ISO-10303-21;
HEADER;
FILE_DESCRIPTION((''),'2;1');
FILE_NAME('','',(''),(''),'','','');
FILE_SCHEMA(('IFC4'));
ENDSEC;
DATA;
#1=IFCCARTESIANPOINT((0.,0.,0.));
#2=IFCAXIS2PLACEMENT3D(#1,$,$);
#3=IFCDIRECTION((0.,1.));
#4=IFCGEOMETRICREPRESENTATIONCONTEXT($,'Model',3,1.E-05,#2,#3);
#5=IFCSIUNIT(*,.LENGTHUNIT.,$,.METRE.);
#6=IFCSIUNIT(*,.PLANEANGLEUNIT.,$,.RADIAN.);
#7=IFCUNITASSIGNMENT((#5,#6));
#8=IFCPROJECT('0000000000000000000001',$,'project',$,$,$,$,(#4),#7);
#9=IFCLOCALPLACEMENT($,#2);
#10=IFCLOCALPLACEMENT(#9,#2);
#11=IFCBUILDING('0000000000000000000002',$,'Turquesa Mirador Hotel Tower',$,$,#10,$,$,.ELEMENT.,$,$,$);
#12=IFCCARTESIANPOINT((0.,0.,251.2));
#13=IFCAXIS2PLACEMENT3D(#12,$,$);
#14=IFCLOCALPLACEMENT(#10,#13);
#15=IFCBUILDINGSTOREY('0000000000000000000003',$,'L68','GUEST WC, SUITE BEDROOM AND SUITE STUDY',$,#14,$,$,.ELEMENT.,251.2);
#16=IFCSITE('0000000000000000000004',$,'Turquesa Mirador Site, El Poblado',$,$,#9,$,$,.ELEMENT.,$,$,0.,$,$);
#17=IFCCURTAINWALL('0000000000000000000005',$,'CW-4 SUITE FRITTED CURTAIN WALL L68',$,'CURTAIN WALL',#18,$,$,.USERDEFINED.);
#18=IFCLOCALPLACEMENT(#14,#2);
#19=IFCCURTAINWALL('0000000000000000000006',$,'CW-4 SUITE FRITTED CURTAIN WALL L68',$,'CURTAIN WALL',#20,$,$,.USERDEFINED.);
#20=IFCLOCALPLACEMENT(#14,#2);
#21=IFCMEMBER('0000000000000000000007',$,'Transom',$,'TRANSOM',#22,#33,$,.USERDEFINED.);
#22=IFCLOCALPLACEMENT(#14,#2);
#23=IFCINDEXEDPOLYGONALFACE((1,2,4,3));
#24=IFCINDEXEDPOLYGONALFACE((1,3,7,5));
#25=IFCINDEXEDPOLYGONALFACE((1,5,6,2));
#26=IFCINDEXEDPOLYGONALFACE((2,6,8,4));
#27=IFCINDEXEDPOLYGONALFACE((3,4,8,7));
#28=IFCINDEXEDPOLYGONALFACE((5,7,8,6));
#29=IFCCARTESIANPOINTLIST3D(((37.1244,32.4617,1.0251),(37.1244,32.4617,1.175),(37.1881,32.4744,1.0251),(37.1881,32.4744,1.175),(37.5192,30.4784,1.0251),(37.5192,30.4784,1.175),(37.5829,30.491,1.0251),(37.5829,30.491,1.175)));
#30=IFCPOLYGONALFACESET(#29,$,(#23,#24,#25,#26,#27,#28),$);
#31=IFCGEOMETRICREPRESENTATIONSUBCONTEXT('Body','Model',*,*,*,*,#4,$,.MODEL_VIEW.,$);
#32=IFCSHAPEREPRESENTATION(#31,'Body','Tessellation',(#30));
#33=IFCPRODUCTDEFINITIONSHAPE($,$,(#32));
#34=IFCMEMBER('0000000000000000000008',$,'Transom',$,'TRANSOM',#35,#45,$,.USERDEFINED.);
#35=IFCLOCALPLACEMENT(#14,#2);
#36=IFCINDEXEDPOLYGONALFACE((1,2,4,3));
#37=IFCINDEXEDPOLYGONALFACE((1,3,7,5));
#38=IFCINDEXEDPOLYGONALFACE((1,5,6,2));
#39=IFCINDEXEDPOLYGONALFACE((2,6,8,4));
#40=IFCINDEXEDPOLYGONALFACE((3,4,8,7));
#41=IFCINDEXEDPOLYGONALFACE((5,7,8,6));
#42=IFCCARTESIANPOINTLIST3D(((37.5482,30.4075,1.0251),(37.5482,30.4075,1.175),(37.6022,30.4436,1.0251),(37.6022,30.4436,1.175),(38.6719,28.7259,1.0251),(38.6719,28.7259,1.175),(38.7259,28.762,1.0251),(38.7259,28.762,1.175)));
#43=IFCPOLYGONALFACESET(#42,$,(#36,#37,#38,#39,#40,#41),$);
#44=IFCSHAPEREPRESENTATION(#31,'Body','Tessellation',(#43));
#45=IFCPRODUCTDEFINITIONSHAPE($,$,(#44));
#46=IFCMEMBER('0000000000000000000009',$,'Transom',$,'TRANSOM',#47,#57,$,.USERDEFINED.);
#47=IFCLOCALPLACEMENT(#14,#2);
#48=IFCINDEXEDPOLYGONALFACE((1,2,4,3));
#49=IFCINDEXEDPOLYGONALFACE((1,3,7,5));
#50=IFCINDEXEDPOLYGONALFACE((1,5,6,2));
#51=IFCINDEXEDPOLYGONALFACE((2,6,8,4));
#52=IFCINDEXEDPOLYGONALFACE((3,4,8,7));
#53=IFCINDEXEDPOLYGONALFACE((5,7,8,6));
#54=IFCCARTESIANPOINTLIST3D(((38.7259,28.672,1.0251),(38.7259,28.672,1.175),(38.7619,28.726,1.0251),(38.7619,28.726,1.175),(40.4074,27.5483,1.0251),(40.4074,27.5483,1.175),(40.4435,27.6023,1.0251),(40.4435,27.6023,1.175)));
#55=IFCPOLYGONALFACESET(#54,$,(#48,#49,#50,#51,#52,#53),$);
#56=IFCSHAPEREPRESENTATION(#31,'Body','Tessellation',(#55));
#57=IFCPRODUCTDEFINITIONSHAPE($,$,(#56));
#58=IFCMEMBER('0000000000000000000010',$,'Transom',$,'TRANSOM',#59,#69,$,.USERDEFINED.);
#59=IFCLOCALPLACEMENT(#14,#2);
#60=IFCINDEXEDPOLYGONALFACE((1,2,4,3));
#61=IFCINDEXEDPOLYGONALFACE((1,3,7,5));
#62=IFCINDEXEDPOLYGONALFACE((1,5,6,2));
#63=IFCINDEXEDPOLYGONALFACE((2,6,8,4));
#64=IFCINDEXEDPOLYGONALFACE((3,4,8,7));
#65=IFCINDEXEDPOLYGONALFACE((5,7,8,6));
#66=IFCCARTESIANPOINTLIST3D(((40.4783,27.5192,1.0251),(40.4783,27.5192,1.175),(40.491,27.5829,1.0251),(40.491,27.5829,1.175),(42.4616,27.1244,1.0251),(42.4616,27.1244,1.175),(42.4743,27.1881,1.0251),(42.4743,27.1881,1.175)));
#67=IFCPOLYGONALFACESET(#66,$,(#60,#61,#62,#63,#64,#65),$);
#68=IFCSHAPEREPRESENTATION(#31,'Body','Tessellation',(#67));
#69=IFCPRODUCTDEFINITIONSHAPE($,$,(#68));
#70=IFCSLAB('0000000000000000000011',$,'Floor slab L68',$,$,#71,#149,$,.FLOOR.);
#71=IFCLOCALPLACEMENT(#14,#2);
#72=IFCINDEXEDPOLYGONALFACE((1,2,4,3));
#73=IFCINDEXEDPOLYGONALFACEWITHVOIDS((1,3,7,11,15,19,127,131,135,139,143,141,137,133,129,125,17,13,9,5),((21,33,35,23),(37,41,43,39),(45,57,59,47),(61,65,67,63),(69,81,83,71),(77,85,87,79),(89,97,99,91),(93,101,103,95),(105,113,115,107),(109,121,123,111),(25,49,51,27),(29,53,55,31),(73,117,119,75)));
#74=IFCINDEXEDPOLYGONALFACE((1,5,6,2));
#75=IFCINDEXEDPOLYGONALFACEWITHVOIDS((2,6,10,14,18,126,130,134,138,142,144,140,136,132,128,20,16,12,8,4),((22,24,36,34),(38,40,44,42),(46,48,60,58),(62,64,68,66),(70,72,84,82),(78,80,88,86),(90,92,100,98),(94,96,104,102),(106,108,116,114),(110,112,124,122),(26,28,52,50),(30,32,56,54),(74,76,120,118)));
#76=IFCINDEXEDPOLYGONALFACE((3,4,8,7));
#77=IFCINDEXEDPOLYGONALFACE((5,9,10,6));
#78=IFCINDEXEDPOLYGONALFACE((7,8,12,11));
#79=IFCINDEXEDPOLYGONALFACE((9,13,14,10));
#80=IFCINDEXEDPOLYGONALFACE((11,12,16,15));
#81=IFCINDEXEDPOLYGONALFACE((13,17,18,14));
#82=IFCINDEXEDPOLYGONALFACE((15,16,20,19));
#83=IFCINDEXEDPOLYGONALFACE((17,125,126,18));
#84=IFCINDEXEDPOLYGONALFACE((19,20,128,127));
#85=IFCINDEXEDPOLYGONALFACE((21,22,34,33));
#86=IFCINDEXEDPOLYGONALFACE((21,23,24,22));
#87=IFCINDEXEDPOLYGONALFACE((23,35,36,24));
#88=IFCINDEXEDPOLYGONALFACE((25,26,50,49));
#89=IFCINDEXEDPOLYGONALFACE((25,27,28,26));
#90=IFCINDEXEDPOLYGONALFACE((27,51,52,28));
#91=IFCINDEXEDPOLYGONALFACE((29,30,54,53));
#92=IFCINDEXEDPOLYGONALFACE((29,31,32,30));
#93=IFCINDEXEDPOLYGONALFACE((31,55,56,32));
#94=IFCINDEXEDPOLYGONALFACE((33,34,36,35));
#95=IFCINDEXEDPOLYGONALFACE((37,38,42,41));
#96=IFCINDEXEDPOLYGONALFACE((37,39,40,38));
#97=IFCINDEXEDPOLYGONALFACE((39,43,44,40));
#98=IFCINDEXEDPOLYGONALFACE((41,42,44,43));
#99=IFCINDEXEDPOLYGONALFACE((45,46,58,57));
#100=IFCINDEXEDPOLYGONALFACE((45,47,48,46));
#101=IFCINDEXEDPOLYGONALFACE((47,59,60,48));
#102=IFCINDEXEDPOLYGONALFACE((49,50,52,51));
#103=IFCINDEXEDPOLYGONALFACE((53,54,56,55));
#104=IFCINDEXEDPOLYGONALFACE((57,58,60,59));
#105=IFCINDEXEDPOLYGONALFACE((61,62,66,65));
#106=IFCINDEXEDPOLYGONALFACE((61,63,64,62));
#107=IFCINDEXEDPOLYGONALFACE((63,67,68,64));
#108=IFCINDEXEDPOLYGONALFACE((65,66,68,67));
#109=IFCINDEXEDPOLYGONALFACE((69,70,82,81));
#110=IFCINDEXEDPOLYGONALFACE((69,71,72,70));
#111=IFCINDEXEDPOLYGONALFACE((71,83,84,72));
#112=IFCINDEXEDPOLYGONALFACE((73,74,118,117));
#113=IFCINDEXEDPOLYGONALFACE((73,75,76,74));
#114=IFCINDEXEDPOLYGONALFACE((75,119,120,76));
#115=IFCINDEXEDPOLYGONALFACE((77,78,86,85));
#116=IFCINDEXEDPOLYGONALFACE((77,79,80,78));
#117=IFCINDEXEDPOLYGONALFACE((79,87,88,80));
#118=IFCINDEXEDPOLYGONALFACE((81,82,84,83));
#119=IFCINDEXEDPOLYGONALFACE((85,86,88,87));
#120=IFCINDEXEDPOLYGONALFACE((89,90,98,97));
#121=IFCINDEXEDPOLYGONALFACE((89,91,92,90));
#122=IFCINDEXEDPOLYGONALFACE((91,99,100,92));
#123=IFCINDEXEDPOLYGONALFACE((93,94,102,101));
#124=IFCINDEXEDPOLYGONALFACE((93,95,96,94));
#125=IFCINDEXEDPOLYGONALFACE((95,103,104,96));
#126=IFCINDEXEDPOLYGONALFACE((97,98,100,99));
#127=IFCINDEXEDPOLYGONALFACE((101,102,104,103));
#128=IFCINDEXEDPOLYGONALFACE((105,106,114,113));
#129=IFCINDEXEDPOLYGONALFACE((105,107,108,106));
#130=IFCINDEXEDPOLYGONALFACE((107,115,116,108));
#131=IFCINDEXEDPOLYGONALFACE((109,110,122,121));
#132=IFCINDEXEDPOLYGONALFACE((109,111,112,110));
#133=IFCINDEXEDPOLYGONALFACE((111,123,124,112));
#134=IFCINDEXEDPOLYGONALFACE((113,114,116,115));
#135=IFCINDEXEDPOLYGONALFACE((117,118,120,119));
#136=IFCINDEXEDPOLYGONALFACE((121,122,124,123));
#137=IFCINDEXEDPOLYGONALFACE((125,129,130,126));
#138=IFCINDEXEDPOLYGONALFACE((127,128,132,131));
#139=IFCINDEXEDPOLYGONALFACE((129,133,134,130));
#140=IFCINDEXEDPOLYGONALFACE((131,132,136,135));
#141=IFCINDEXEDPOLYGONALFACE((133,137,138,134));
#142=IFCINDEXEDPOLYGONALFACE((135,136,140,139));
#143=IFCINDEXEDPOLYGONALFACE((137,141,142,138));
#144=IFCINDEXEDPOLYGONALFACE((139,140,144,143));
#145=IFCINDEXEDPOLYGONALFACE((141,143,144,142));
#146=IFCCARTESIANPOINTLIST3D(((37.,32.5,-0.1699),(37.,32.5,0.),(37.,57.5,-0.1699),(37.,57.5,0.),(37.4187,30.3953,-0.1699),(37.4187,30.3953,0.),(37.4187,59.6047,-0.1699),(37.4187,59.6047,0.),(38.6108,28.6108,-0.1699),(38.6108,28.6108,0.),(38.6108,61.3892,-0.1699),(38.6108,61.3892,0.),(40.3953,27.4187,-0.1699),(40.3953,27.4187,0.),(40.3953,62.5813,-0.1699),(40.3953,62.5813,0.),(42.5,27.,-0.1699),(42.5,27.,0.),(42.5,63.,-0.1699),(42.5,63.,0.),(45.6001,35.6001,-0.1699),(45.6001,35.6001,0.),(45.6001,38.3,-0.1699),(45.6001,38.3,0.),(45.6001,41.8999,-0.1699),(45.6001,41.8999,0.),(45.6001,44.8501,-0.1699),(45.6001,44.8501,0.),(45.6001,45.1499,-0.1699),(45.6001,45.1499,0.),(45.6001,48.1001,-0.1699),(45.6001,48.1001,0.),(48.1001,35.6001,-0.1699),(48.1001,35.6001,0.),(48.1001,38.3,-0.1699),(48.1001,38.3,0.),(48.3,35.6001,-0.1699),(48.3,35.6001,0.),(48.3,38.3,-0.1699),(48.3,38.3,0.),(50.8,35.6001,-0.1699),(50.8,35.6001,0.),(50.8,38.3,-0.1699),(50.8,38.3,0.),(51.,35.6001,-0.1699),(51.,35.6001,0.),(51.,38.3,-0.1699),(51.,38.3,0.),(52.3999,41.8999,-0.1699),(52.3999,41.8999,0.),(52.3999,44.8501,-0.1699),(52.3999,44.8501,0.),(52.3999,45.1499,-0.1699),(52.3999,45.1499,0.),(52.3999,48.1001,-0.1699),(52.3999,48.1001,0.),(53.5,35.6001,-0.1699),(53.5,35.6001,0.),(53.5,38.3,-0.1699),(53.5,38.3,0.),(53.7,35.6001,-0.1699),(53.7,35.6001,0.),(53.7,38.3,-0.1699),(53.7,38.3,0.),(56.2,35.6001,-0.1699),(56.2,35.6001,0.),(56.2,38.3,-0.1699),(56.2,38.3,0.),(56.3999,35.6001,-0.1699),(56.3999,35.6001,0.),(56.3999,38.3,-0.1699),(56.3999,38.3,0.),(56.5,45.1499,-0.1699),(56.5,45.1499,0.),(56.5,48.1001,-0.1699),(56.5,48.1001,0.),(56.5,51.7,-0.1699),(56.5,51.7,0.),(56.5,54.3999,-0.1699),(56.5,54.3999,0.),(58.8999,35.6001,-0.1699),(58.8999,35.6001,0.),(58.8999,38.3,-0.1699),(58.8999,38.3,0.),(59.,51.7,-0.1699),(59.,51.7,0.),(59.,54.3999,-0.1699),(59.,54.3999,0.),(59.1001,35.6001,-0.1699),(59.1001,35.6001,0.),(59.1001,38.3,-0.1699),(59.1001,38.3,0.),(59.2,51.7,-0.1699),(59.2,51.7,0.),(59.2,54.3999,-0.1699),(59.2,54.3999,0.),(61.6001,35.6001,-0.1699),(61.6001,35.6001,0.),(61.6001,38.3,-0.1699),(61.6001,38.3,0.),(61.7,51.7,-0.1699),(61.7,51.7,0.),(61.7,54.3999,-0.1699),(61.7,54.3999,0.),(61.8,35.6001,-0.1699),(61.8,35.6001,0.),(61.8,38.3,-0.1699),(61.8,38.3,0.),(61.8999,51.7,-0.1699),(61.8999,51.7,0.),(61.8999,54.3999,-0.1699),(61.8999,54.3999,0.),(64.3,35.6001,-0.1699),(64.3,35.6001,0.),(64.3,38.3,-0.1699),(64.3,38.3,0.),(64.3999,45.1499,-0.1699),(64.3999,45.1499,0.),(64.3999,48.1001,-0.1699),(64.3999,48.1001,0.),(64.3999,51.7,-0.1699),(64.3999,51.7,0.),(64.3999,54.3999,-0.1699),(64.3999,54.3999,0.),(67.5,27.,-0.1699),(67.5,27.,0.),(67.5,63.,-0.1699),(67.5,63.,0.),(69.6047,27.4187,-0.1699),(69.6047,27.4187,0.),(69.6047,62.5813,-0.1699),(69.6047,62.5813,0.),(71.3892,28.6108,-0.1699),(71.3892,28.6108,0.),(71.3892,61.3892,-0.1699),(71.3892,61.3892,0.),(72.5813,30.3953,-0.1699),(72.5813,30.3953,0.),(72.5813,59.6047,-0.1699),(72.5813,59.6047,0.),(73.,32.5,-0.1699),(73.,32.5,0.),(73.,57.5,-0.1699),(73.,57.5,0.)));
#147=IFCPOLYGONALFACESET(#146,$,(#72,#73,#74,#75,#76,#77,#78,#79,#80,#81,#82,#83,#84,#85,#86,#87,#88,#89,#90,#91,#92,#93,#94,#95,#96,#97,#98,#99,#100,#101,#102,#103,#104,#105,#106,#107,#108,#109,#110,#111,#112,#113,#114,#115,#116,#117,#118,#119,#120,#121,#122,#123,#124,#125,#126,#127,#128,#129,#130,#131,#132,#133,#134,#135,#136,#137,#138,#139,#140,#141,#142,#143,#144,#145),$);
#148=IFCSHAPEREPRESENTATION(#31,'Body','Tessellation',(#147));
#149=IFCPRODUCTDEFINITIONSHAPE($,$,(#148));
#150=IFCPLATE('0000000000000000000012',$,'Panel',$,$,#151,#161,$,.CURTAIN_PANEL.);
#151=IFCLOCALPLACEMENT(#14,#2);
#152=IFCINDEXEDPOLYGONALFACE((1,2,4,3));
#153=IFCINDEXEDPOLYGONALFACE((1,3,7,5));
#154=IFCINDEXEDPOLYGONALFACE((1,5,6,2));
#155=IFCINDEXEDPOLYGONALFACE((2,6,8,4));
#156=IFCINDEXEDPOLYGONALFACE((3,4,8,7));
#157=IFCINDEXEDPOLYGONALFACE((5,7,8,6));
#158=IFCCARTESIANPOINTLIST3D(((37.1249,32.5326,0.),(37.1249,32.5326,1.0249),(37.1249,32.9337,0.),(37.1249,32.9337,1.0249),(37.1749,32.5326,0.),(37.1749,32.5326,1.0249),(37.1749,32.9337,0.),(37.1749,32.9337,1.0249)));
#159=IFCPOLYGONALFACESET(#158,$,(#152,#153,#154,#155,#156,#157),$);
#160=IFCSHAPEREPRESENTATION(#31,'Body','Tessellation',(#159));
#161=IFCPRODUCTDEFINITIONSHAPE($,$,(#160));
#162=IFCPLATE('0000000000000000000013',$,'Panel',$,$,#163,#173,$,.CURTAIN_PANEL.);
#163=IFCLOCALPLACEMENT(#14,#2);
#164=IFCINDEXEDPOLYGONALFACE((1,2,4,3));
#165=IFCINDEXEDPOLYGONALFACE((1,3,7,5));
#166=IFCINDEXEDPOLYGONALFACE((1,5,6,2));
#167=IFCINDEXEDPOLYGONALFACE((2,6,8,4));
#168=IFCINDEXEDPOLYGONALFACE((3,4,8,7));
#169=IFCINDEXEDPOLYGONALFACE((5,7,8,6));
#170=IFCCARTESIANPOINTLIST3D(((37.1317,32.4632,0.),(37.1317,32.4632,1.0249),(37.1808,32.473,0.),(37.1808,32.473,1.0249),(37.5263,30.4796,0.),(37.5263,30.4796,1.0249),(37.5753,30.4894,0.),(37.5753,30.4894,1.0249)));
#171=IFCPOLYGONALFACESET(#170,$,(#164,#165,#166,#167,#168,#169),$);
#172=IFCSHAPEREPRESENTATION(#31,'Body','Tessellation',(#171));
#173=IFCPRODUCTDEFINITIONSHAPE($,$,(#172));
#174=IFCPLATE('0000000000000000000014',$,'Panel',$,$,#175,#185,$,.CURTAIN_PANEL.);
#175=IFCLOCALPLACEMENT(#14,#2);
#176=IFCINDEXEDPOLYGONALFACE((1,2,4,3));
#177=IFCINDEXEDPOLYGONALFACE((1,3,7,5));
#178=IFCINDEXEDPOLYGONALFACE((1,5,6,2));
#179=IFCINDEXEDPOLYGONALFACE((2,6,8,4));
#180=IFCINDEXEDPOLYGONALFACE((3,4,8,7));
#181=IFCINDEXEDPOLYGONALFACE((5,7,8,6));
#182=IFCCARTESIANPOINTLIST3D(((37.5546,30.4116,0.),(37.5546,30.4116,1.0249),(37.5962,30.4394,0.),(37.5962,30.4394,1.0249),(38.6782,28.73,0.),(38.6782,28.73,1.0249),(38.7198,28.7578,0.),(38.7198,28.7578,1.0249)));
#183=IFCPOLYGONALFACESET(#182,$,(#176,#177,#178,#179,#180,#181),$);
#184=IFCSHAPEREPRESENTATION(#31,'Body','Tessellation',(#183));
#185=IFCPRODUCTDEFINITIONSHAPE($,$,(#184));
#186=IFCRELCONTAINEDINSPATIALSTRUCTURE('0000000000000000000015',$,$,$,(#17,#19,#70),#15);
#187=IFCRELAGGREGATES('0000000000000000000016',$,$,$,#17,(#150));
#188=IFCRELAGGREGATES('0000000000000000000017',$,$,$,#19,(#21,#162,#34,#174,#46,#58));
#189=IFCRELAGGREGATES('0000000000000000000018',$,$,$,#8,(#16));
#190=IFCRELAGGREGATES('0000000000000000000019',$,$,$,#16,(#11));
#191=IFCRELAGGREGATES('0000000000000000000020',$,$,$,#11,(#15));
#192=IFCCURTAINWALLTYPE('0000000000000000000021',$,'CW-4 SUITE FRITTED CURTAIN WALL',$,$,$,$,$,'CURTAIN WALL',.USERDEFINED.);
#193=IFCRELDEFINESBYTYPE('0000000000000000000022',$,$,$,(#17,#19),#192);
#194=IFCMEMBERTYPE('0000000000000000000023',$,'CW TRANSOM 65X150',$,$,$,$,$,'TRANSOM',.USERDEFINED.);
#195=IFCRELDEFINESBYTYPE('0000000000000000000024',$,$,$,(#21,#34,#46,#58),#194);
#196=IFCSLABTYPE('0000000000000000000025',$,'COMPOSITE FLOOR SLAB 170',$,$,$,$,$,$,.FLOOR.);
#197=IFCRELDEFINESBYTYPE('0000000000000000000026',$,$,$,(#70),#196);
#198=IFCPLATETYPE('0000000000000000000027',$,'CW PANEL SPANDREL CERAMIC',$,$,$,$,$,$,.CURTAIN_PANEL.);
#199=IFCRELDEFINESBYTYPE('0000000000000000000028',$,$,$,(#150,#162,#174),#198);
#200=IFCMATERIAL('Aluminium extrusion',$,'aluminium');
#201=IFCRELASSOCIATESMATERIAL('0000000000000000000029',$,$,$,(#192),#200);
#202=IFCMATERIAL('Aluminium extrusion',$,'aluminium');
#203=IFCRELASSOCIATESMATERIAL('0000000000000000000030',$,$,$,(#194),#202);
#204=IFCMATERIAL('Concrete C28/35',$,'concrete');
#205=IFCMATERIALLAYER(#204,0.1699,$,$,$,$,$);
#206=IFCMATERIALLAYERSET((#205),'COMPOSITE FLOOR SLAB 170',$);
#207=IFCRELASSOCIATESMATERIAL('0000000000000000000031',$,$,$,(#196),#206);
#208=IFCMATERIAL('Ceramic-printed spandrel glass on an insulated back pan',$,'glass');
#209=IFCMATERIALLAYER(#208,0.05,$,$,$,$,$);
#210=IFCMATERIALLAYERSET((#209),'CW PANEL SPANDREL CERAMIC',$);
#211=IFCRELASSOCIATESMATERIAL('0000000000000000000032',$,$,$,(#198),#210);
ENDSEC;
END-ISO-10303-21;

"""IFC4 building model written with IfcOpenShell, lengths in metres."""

from ifc_helpers import new_model, si_unit, direction, frame, origin, origin_2d, place, context, subcontext, project, spatial, polyline, rectangle, outline, extrude, material, layer, layer_set, material_profile, profile_set, type_object, element, aggregate, save


model = new_model("IFC4")

# Units and contexts
model_context = context("Model", 3, precision=1e-05, world=origin(), true_north=direction((0.0, 1.0)))
body_context = subcontext(model_context, "Body", "Model", "MODEL_VIEW")
ifc_project = project(units=[si_unit("LENGTHUNIT", "METRE"), si_unit("PLANEANGLEUNIT", "RADIAN")], contexts=[model_context])

# Site, building, storey
site_placement = place(None, origin())
site = spatial("IfcSite", under=ifc_project, at=site_placement, Name="Turquesa Mirador Site, El Poblado", CompositionType="ELEMENT", RefElevation=0.0)
building_placement = place(site_placement, origin())
building = spatial("IfcBuilding", under=site, at=building_placement, Name="Turquesa Mirador Hotel Tower", CompositionType="ELEMENT")
storey_placement = place(building_placement, frame((0.0, 0.0, 251.2)))
storey = spatial("IfcBuildingStorey", under=building, at=storey_placement, Name="L68", Description="GUEST WC, SUITE BEDROOM AND SUITE STUDY", CompositionType="ELEMENT", Elevation=251.2)

# Curtain walls
ifc_material_1 = material(Name="Aluminium extrusion", Category="aluminium")
curtain_wall_type = type_object("IfcCurtainWallType", Name="CW-4 SUITE FRITTED CURTAIN WALL", ElementType="CURTAIN WALL", PredefinedType="USERDEFINED", material=ifc_material_1)
curtain_wall_1_placement = place(storey_placement, origin())
curtain_wall_1 = element("IfcCurtainWall", 1, at=curtain_wall_1_placement, inside=storey, type_object=curtain_wall_type, Name="CW-4 SUITE FRITTED CURTAIN WALL L68", ObjectType="CURTAIN WALL", PredefinedType="USERDEFINED")
curtain_wall_2_placement = place(storey_placement, origin())
curtain_wall_2 = element("IfcCurtainWall", 2, at=curtain_wall_2_placement, inside=storey, type_object=curtain_wall_type, Name="CW-4 SUITE FRITTED CURTAIN WALL L68", ObjectType="CURTAIN WALL", PredefinedType="USERDEFINED")

# Members
ifc_material_2 = material(Name="Aluminium extrusion", Category="aluminium")
ifc_material_profile_1 = material_profile(ifc_material_2, rectangle(XDim=0.0649, YDim=0.1499, at=origin_2d()), Name="TRANSOM 65X150")
ifc_profile_set_1 = profile_set([ifc_material_profile_1], Name="Aluminium extrusion")
member_type_1 = type_object("IfcMemberType", Name="CW TRANSOM 65X150", ElementType="TRANSOM", PredefinedType="USERDEFINED", material=ifc_profile_set_1)
member_1_placement = place(storey_placement, frame((37.1562, 32.468, 1.1001), z_axis=(0.195211, -0.980761, 0.0), x_axis=(0.980761, 0.195211, 0.0)))
member_1 = element("IfcMember", 3, at=member_1_placement, type_object=member_type_1, Name="Transom", ObjectType="TRANSOM", PredefinedType="USERDEFINED", context=body_context, shape_type="SweptSolid", body=[
    extrude(rectangle(XDim=0.0649, YDim=0.1499, at=origin_2d()), origin(), (0.0, 0.0, 1.0), 2.0222),
])
member_2_placement = place(storey_placement, frame((37.5752, 30.4255, 1.1001), z_axis=(0.555619, -0.831437, 0.0), x_axis=(0.831437, 0.555619, 0.0)))
member_2 = element("IfcMember", 4, at=member_2_placement, type_object=member_type_1, Name="Transom", ObjectType="TRANSOM", PredefinedType="USERDEFINED", context=body_context, shape_type="SweptSolid", body=[
    extrude(rectangle(XDim=0.0649, YDim=0.1499, at=origin_2d()), origin(), (0.0, 0.0, 1.0), 2.0225),
])
member_3_placement = place(storey_placement, frame((38.7439, 28.699, 1.1001), z_axis=(0.831437, -0.555619, 0.0), x_axis=(0.555619, 0.831437, 0.0)))
member_3 = element("IfcMember", 5, at=member_3_placement, type_object=member_type_1, Name="Transom", ObjectType="TRANSOM", PredefinedType="USERDEFINED", context=body_context, shape_type="SweptSolid", body=[
    extrude(rectangle(XDim=0.0649, YDim=0.1499, at=origin_2d()), origin(), (0.0, 0.0, 1.0), 2.0225),
])
member_4_placement = place(storey_placement, frame((40.4846, 27.551, 1.1001), z_axis=(0.980761, -0.195211, 0.0), x_axis=(0.195211, 0.980761, 0.0)))
member_4 = element("IfcMember", 6, at=member_4_placement, type_object=member_type_1, Name="Transom", ObjectType="TRANSOM", PredefinedType="USERDEFINED", context=body_context, shape_type="SweptSolid", body=[
    extrude(rectangle(XDim=0.0649, YDim=0.1499, at=origin_2d()), origin(), (0.0, 0.0, 1.0), 2.0222),
])

# Slab
ifc_material_3 = material(Name="Concrete C28/35", Category="concrete")
ifc_layer_1 = layer(ifc_material_3, 0.1699)
ifc_layer_set_1 = layer_set([ifc_layer_1], Name="COMPOSITE FLOOR SLAB 170")
slab_type_1 = type_object("IfcSlabType", Name="COMPOSITE FLOOR SLAB 170", PredefinedType="FLOOR", material=ifc_layer_set_1)
slab_1_placement = place(storey_placement, frame((0.0, 0.0, -0.1699)))
element("IfcSlab", 7, at=slab_1_placement, inside=storey, type_object=slab_type_1, Name="Floor slab L68", PredefinedType="FLOOR", context=body_context, shape_type="SweptSolid", body=[
    extrude(outline(polyline([(67.5, 27.0), (69.6047, 27.4187), (71.3892, 28.6108), (72.5813, 30.3953), (73.0, 32.5), (73.0, 57.5), (72.5813, 59.6047), (71.3892, 61.3892), (69.6047, 62.5813), (67.5, 63.0), (42.5, 63.0), (40.3953, 62.5813), (38.6108, 61.3892), (37.4187, 59.6047), (37.0, 57.5), (37.0, 32.5), (37.4187, 30.3953), (38.6108, 28.6108), (40.3953, 27.4187), (42.5, 27.0), (67.5, 27.0)]), holes=[polyline([(56.5, 51.7), (59.0, 51.7), (59.0, 54.3999), (56.5, 54.3999), (56.5, 51.7)]), polyline([(59.2, 51.7), (61.7, 51.7), (61.7, 54.3999), (59.2, 54.3999), (59.2, 51.7)]), polyline([(45.6001, 35.6001), (48.1001, 35.6001), (48.1001, 38.3), (45.6001, 38.3), (45.6001, 35.6001)]), polyline([(48.3, 35.6001), (50.8, 35.6001), (50.8, 38.3), (48.3, 38.3), (48.3, 35.6001)]), polyline([(51.0, 35.6001), (53.5, 35.6001), (53.5, 38.3), (51.0, 38.3), (51.0, 35.6001)]), polyline([(53.7, 35.6001), (56.2, 35.6001), (56.2, 38.3), (53.7, 38.3), (53.7, 35.6001)]), polyline([(56.3999, 35.6001), (58.8999, 35.6001), (58.8999, 38.3), (56.3999, 38.3), (56.3999, 35.6001)]), polyline([(59.1001, 35.6001), (61.6001, 35.6001), (61.6001, 38.3), (59.1001, 38.3), (59.1001, 35.6001)]), polyline([(61.8, 35.6001), (64.3, 35.6001), (64.3, 38.3), (61.8, 38.3), (61.8, 35.6001)]), polyline([(45.6001, 45.1499), (52.3999, 45.1499), (52.3999, 48.1001), (45.6001, 48.1001), (45.6001, 45.1499)]), polyline([(45.6001, 41.8999), (52.3999, 41.8999), (52.3999, 44.8501), (45.6001, 44.8501), (45.6001, 41.8999)]), polyline([(56.5, 45.1499), (64.3999, 45.1499), (64.3999, 48.1001), (56.5, 48.1001), (56.5, 45.1499)]), polyline([(61.8999, 51.7), (64.3999, 51.7), (64.3999, 54.3999), (61.8999, 54.3999), (61.8999, 51.7)])]), origin(), (0.0, 0.0, 1.0), 0.1699),
])

# Plates
ifc_material_4 = material(Name="Ceramic-printed spandrel glass on an insulated back pan", Category="glass")
ifc_layer_2 = layer(ifc_material_4, 0.05)
ifc_layer_set_2 = layer_set([ifc_layer_2], Name="CW PANEL SPANDREL CERAMIC")
plate_type_1 = type_object("IfcPlateType", Name="CW PANEL SPANDREL CERAMIC", PredefinedType="CURTAIN_PANEL", material=ifc_layer_set_2)
plate_1_placement = place(storey_placement, frame((37.1499, 32.7332, 0.0), z_axis=(0.0, 0.0, 1.0), x_axis=(0.0, -1.0, 0.0)))
plate_1 = element("IfcPlate", 8, at=plate_1_placement, type_object=plate_type_1, Name="Panel", PredefinedType="CURTAIN_PANEL", context=body_context, shape_type="SweptSolid", body=[
    extrude(rectangle(XDim=0.4011, YDim=0.05, at=origin_2d()), origin(), (0.0, 0.0, 1.0), 1.0249),
])
plate_2_placement = place(storey_placement, frame((37.3535, 31.4763, 0.0), z_axis=(0.0, 0.0, 1.0), x_axis=(0.195091, -0.980785, 0.0)))
plate_2 = element("IfcPlate", 9, at=plate_2_placement, type_object=plate_type_1, Name="Panel", PredefinedType="CURTAIN_PANEL", context=body_context, shape_type="SweptSolid", body=[
    extrude(rectangle(XDim=2.0225, YDim=0.05, at=origin_2d()), origin(), (0.0, 0.0, 1.0), 1.0249),
])
plate_3_placement = place(storey_placement, frame((38.1372, 29.5847, 0.0), z_axis=(0.0, 0.0, 1.0), x_axis=(0.55557, -0.83147, 0.0)))
plate_3 = element("IfcPlate", 10, at=plate_3_placement, type_object=plate_type_1, Name="Panel", PredefinedType="CURTAIN_PANEL", context=body_context, shape_type="SweptSolid", body=[
    extrude(rectangle(XDim=2.0225, YDim=0.05, at=origin_2d()), origin(), (0.0, 0.0, 1.0), 1.0249),
])
aggregate(curtain_wall_1, [plate_1])
aggregate(curtain_wall_2, [member_1, plate_2, member_2, plate_3, member_3, member_4])

save(model, "model.ifc")
